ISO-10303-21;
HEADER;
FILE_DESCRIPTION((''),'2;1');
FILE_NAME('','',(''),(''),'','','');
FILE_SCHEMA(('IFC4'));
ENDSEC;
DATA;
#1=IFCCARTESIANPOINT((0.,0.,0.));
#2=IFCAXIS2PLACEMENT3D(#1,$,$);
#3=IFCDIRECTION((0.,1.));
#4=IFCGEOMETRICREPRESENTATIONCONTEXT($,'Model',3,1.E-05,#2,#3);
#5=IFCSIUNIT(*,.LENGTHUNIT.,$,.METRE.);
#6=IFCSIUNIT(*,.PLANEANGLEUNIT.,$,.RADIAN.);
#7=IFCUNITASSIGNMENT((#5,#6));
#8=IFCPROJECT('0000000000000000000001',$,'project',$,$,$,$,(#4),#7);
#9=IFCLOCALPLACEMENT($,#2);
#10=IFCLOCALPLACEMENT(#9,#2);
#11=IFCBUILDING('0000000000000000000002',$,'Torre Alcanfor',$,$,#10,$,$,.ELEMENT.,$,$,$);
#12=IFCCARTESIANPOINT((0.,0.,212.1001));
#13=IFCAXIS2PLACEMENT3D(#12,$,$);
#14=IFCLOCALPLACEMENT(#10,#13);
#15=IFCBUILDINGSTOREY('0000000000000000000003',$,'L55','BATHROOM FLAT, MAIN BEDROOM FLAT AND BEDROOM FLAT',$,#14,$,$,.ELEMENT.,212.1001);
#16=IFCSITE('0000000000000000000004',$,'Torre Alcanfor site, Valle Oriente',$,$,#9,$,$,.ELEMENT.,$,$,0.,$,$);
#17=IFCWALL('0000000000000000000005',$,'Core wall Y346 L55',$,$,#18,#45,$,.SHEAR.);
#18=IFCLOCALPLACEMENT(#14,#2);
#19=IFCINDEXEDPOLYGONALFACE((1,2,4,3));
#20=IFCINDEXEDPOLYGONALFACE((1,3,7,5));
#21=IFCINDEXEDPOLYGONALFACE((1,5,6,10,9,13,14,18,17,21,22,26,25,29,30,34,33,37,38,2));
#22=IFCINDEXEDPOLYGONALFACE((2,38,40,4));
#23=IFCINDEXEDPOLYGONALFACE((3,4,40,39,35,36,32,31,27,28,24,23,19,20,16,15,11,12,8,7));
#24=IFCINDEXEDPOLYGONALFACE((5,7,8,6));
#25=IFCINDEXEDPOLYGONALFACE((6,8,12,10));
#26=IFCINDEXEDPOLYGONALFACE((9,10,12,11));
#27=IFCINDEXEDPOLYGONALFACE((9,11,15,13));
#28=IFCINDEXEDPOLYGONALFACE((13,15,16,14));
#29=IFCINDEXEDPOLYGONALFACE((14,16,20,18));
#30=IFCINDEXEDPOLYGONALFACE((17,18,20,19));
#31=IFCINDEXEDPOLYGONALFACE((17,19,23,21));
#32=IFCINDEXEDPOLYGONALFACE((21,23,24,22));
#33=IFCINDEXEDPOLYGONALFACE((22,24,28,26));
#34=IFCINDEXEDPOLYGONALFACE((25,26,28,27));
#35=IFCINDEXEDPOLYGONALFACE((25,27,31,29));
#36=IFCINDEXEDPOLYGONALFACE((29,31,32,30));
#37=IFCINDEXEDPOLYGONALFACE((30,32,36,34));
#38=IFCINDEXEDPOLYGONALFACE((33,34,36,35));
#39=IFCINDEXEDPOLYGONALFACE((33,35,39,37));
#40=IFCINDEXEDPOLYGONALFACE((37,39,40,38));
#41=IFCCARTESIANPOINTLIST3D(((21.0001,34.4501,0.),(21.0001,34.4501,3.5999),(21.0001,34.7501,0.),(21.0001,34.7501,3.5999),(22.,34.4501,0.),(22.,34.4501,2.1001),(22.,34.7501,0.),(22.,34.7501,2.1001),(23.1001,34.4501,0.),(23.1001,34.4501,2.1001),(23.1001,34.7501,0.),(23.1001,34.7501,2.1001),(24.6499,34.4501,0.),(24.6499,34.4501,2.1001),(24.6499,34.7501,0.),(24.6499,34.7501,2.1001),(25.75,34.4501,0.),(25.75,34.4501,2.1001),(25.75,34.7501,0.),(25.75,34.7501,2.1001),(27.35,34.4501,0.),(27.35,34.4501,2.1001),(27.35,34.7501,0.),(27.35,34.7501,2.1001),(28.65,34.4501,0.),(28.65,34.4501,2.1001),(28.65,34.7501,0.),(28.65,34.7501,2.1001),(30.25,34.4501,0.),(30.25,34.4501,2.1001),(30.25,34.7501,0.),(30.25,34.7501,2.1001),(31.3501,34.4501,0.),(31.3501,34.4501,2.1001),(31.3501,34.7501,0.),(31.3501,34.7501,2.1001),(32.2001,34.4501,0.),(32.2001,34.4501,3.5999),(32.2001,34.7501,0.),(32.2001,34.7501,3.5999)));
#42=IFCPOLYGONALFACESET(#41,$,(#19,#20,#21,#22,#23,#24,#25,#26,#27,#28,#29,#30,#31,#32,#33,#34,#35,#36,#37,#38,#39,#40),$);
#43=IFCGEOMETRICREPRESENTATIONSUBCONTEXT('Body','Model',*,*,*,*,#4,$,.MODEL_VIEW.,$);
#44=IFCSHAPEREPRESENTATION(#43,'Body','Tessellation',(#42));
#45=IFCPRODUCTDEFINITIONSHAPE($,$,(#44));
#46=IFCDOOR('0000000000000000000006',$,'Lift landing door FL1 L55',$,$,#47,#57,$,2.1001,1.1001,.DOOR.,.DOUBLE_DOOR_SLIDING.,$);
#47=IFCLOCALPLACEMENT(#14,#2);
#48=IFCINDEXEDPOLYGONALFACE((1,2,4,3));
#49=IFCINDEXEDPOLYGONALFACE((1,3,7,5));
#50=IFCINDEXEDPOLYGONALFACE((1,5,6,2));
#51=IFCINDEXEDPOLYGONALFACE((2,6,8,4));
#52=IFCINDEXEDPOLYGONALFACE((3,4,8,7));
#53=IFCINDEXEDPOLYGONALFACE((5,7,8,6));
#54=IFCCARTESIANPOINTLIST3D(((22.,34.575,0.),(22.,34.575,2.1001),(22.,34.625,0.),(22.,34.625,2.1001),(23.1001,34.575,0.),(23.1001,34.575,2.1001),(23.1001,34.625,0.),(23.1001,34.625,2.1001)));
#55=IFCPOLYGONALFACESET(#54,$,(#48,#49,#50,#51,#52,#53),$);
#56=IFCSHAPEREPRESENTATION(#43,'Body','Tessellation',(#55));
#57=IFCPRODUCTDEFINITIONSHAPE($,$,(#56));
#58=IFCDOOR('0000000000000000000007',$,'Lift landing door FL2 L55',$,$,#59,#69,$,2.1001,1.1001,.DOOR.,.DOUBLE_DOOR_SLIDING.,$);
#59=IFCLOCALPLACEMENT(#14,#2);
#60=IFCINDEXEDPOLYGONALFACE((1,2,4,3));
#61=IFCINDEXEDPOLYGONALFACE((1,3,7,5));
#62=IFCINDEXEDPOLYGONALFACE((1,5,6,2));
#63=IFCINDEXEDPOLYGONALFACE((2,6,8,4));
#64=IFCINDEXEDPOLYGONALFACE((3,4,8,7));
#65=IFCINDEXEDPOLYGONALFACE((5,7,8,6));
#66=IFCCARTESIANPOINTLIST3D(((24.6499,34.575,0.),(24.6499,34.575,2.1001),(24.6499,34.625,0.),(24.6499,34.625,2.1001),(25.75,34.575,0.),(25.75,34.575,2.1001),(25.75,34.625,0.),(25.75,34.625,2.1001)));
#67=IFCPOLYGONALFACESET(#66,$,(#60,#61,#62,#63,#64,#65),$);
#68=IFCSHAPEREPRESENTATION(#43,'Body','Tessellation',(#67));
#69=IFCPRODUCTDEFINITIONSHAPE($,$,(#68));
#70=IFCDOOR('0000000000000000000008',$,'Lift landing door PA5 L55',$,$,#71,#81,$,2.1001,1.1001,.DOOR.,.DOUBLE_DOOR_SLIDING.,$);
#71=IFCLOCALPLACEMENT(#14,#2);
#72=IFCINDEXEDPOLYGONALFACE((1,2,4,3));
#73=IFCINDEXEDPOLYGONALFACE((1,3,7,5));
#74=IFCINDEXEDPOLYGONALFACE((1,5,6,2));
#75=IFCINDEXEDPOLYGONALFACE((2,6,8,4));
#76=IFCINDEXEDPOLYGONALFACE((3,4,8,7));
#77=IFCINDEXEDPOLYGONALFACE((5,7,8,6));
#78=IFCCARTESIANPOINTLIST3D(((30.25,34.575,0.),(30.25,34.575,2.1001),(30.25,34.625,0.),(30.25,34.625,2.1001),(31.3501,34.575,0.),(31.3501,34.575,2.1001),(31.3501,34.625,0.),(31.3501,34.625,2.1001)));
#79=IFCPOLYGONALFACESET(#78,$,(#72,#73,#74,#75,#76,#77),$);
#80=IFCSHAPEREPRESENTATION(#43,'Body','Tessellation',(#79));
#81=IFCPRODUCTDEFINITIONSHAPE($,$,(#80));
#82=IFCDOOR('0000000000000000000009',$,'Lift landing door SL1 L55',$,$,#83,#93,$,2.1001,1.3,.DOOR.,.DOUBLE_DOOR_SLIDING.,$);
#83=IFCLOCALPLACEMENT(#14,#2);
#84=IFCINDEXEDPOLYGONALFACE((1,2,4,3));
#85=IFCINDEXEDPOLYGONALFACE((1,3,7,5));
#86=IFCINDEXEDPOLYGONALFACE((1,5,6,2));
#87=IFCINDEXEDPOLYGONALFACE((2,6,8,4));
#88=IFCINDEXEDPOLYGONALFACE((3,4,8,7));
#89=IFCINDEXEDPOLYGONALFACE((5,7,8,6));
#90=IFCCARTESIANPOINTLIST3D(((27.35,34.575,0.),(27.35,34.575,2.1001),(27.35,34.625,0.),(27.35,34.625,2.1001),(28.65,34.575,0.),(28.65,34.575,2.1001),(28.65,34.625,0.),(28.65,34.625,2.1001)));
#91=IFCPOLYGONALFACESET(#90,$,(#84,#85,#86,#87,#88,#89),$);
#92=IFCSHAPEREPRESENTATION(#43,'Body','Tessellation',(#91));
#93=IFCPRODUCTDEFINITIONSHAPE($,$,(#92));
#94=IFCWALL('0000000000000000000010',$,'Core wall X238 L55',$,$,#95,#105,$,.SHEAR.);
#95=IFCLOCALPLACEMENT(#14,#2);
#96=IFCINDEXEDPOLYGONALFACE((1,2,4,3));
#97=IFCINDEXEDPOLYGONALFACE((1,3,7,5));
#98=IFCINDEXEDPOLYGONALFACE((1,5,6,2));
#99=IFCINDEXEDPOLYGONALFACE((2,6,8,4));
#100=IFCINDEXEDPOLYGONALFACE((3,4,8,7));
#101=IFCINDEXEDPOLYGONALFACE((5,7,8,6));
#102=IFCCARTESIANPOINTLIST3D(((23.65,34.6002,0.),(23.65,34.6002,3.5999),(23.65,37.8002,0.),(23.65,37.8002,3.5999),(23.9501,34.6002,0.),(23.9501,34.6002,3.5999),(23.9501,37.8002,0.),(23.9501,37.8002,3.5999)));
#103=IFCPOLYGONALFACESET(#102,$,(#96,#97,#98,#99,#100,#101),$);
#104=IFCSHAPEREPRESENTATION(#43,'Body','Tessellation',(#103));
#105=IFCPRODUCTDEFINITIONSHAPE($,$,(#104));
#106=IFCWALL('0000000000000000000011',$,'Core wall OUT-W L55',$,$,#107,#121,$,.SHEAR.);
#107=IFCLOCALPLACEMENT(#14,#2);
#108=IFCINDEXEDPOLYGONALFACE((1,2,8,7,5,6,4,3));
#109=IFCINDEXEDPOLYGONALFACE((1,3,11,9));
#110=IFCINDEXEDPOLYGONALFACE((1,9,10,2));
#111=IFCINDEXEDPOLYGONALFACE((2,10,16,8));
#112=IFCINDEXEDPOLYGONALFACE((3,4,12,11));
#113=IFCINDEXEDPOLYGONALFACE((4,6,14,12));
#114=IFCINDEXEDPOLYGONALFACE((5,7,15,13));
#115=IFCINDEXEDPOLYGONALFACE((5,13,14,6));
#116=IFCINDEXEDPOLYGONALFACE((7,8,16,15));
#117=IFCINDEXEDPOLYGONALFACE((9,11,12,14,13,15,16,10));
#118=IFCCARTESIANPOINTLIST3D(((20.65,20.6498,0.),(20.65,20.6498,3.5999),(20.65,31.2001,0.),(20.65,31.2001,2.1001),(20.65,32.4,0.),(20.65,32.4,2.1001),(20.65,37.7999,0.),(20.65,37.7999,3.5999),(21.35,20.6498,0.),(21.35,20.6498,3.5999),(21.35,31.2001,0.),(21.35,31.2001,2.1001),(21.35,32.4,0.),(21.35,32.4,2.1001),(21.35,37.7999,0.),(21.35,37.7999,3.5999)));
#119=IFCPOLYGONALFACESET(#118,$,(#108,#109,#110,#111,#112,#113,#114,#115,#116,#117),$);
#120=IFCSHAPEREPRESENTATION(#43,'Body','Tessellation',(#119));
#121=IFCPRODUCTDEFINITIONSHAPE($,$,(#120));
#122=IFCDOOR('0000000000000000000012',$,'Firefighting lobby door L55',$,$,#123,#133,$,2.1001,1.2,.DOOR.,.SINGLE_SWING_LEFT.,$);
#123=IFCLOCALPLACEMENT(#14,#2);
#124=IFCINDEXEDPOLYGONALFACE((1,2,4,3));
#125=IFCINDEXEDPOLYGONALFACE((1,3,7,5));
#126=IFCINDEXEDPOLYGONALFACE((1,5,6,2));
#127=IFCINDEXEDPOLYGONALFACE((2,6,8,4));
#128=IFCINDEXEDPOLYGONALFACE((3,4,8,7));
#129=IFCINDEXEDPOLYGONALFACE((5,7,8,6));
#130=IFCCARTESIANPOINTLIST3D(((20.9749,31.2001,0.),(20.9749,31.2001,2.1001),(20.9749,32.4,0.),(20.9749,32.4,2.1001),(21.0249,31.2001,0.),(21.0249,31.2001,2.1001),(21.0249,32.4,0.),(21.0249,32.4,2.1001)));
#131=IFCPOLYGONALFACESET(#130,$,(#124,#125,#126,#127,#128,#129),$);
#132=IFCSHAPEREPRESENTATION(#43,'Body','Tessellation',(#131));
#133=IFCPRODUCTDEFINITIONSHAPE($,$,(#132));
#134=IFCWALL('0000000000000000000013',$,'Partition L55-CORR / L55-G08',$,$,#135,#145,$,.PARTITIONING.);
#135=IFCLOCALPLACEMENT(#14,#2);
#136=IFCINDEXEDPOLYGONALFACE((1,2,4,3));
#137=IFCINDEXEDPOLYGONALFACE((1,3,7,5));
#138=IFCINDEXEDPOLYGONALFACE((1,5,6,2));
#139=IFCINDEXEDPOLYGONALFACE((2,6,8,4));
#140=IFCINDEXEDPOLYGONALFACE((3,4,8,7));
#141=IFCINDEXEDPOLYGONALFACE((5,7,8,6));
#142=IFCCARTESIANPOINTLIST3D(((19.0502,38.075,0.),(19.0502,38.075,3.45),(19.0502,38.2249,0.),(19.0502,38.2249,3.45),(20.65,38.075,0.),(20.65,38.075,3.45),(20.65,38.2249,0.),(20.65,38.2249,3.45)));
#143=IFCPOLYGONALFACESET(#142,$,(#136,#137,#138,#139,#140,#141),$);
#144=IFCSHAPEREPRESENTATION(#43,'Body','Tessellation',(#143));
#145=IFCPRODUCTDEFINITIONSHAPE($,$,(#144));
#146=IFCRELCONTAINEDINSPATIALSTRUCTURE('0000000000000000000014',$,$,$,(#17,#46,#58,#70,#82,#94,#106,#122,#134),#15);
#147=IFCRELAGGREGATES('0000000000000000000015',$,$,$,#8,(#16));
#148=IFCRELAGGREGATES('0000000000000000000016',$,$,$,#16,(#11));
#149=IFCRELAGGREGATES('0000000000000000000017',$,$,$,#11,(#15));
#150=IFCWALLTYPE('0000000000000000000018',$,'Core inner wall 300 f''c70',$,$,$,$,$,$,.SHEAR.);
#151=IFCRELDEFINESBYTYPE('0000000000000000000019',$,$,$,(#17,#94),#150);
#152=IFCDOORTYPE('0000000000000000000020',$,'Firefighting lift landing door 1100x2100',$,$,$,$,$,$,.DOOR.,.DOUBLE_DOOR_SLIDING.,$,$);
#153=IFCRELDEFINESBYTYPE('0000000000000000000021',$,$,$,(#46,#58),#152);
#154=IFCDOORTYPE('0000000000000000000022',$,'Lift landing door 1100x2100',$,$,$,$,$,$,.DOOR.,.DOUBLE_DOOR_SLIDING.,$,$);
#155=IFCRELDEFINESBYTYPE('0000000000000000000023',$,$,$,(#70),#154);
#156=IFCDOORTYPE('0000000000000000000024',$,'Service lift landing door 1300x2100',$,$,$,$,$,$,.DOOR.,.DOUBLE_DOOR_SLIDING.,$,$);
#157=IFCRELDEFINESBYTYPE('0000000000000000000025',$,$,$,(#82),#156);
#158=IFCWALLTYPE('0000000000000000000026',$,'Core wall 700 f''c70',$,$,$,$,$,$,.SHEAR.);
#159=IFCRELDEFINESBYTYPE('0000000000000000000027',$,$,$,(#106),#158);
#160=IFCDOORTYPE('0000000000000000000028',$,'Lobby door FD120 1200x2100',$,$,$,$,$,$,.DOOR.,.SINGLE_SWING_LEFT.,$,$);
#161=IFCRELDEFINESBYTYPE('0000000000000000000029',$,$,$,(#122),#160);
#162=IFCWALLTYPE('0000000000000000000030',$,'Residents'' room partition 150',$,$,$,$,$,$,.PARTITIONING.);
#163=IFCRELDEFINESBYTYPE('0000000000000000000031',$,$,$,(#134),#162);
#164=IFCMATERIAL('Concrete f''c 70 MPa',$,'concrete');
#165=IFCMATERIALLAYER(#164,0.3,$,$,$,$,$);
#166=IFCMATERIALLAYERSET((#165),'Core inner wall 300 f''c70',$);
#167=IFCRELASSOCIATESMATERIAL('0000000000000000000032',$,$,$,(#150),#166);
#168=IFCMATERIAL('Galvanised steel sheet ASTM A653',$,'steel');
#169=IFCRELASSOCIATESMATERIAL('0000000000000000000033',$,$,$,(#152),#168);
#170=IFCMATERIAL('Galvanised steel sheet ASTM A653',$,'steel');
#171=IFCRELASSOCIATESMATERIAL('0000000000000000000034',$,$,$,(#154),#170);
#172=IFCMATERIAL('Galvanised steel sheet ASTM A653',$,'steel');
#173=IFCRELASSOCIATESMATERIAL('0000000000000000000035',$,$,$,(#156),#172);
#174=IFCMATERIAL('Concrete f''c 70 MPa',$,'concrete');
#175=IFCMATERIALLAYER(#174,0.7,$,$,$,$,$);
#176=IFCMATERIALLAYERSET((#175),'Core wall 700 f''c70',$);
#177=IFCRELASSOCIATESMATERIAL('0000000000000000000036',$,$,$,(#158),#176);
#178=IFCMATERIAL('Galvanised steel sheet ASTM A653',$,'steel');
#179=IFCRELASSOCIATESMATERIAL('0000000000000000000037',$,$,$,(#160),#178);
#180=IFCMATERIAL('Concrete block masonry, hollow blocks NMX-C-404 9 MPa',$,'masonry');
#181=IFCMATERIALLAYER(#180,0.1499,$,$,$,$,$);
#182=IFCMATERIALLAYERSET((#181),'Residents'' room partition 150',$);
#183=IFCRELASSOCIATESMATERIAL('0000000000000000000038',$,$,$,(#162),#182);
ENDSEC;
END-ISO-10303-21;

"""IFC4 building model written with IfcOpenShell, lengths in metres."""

from ifc_helpers import new_model, si_unit, direction, frame, frame_2d, origin, place, context, subcontext, project, spatial, rectangle, extrude, material, layer, layer_set, type_object, element, fill, save


model = new_model("IFC4")

# Units and contexts
model_context = context("Model", 3, precision=1e-05, world=origin(), true_north=direction((0.0, 1.0)))
body_context = subcontext(model_context, "Body", "Model", "MODEL_VIEW")
ifc_project = project(units=[si_unit("LENGTHUNIT", "METRE"), si_unit("PLANEANGLEUNIT", "RADIAN")], contexts=[model_context])

# Site, building, storey
site_placement = place(None, origin())
site = spatial("IfcSite", under=ifc_project, at=site_placement, Name="Torre Alcanfor site, Valle Oriente", CompositionType="ELEMENT", RefElevation=0.0)
building_placement = place(site_placement, origin())
building = spatial("IfcBuilding", under=site, at=building_placement, Name="Torre Alcanfor", CompositionType="ELEMENT")
storey_placement = place(building_placement, frame((0.0, 0.0, 212.1001)))
storey = spatial("IfcBuildingStorey", under=building, at=storey_placement, Name="L55", Description="BATHROOM FLAT, MAIN BEDROOM FLAT AND BEDROOM FLAT", CompositionType="ELEMENT", Elevation=212.1001)

# Wall, openings, doors
ifc_material_1 = material(Name="Concrete f'c 70 MPa", Category="concrete")
ifc_layer_1 = layer(ifc_material_1, 0.3)
ifc_layer_set_1 = layer_set([ifc_layer_1], Name="Core inner wall 300 f'c70")
wall_type_1 = type_object("IfcWallType", Name="Core inner wall 300 f'c70", PredefinedType="SHEAR", material=ifc_layer_set_1)
wall_1_placement = place(storey_placement, frame((21.0, 34.6001, 0.0), z_axis=(0.0, 0.0, 1.0), x_axis=(1.0, 0.0, 0.0)))
wall_1 = element("IfcWall", 1, at=wall_1_placement, inside=storey, type_object=wall_type_1, Name="Core wall Y346 L55", PredefinedType="SHEAR", context=body_context, shape_type="SweptSolid", body=[
    extrude(rectangle(XDim=11.2, YDim=0.3, at=frame_2d((5.6001, 0.0))), origin(), (0.0, 0.0, 1.0), 3.5999),
])
opening_1_placement = place(wall_1_placement, frame((9.25, 0.0, 0.0)))
opening_1 = element("IfcOpeningElement", 2, at=opening_1_placement, cuts=wall_1, PredefinedType="OPENING", context=body_context, shape_type="SweptSolid", body=[
    extrude(rectangle(XDim=1.1001, YDim=2.1001, at=frame_2d((0.55, 1.05))), frame((0.0, 0.1599, 0.0), z_axis=(0.0, -1.0, 0.0), x_axis=(1.0, 0.0, 0.0)), (0.0, 0.0, 1.0), 0.3201),
])
opening_2_placement = place(wall_1_placement, frame((1.0, 0.0, 0.0)))
opening_2 = element("IfcOpeningElement", 3, at=opening_2_placement, cuts=wall_1, PredefinedType="OPENING", context=body_context, shape_type="SweptSolid", body=[
    extrude(rectangle(XDim=1.1001, YDim=2.1001, at=frame_2d((0.55, 1.05))), frame((0.0, 0.1599, 0.0), z_axis=(0.0, -1.0, 0.0), x_axis=(1.0, 0.0, 0.0)), (0.0, 0.0, 1.0), 0.3201),
])
opening_3_placement = place(wall_1_placement, frame((3.6499, 0.0, 0.0)))
opening_3 = element("IfcOpeningElement", 4, at=opening_3_placement, cuts=wall_1, PredefinedType="OPENING", context=body_context, shape_type="SweptSolid", body=[
    extrude(rectangle(XDim=1.1001, YDim=2.1001, at=frame_2d((0.55, 1.05))), frame((0.0, 0.1599, 0.0), z_axis=(0.0, -1.0, 0.0), x_axis=(1.0, 0.0, 0.0)), (0.0, 0.0, 1.0), 0.3201),
])
opening_4_placement = place(wall_1_placement, frame((6.3501, 0.0, 0.0)))
opening_4 = element("IfcOpeningElement", 5, at=opening_4_placement, cuts=wall_1, PredefinedType="OPENING", context=body_context, shape_type="SweptSolid", body=[
    extrude(rectangle(XDim=1.3, YDim=2.1001, at=frame_2d((0.6499, 1.05))), frame((0.0, 0.1599, 0.0), z_axis=(0.0, -1.0, 0.0), x_axis=(1.0, 0.0, 0.0)), (0.0, 0.0, 1.0), 0.3201),
])
ifc_material_2 = material(Name="Galvanised steel sheet ASTM A653", Category="steel")
door_type_1 = type_object("IfcDoorType", Name="Firefighting lift landing door 1100x2100", OperationType="DOUBLE_DOOR_SLIDING", PredefinedType="DOOR", material=ifc_material_2)
door_1_placement = place(opening_2_placement, origin())
door_1 = element("IfcDoor", 6, at=door_1_placement, inside=storey, type_object=door_type_1, Name="Lift landing door FL1 L55", OperationType="DOUBLE_DOOR_SLIDING", OverallHeight=2.1001, OverallWidth=1.1001, PredefinedType="DOOR", context=body_context, shape_type="SweptSolid", body=[
    extrude(rectangle(XDim=1.1001, YDim=2.1001, at=frame_2d((0.55, 1.05))), frame((0.0, 0.0249, 0.0), z_axis=(0.0, -1.0, 0.0), x_axis=(1.0, 0.0, 0.0)), (0.0, 0.0, 1.0), 0.05),
])
fill(opening_2, door_1)
door_2_placement = place(opening_3_placement, origin())
door_2 = element("IfcDoor", 7, at=door_2_placement, inside=storey, type_object=door_type_1, Name="Lift landing door FL2 L55", OperationType="DOUBLE_DOOR_SLIDING", OverallHeight=2.1001, OverallWidth=1.1001, PredefinedType="DOOR", context=body_context, shape_type="SweptSolid", body=[
    extrude(rectangle(XDim=1.1001, YDim=2.1001, at=frame_2d((0.55, 1.05))), frame((0.0, 0.0249, 0.0), z_axis=(0.0, -1.0, 0.0), x_axis=(1.0, 0.0, 0.0)), (0.0, 0.0, 1.0), 0.05),
])
fill(opening_3, door_2)
ifc_material_3 = material(Name="Galvanised steel sheet ASTM A653", Category="steel")
door_type_2 = type_object("IfcDoorType", Name="Lift landing door 1100x2100", OperationType="DOUBLE_DOOR_SLIDING", PredefinedType="DOOR", material=ifc_material_3)
door_3_placement = place(opening_1_placement, origin())
door_3 = element("IfcDoor", 8, at=door_3_placement, inside=storey, type_object=door_type_2, Name="Lift landing door PA5 L55", OperationType="DOUBLE_DOOR_SLIDING", OverallHeight=2.1001, OverallWidth=1.1001, PredefinedType="DOOR", context=body_context, shape_type="SweptSolid", body=[
    extrude(rectangle(XDim=1.1001, YDim=2.1001, at=frame_2d((0.55, 1.05))), frame((0.0, 0.0249, 0.0), z_axis=(0.0, -1.0, 0.0), x_axis=(1.0, 0.0, 0.0)), (0.0, 0.0, 1.0), 0.05),
])
fill(opening_1, door_3)
ifc_material_4 = material(Name="Galvanised steel sheet ASTM A653", Category="steel")
door_type_3 = type_object("IfcDoorType", Name="Service lift landing door 1300x2100", OperationType="DOUBLE_DOOR_SLIDING", PredefinedType="DOOR", material=ifc_material_4)
door_4_placement = place(opening_4_placement, origin())
door_4 = element("IfcDoor", 9, at=door_4_placement, inside=storey, type_object=door_type_3, Name="Lift landing door SL1 L55", OperationType="DOUBLE_DOOR_SLIDING", OverallHeight=2.1001, OverallWidth=1.3, PredefinedType="DOOR", context=body_context, shape_type="SweptSolid", body=[
    extrude(rectangle(XDim=1.3, YDim=2.1001, at=frame_2d((0.6499, 1.05))), frame((0.0, 0.0249, 0.0), z_axis=(0.0, -1.0, 0.0), x_axis=(1.0, 0.0, 0.0)), (0.0, 0.0, 1.0), 0.05),
])
fill(opening_4, door_4)

# Wall
wall_2_placement = place(storey_placement, frame((23.8, 34.6001, 0.0), z_axis=(0.0, 0.0, 1.0), x_axis=(0.0, 1.0, 0.0)))
element("IfcWall", 10, at=wall_2_placement, inside=storey, type_object=wall_type_1, Name="Core wall X238 L55", PredefinedType="SHEAR", context=body_context, shape_type="SweptSolid", body=[
    extrude(rectangle(XDim=3.2, YDim=0.3, at=frame_2d((1.6001, 0.0))), origin(), (0.0, 0.0, 1.0), 3.5999),
])

# Wall, opening, door
ifc_material_5 = material(Name="Concrete f'c 70 MPa", Category="concrete")
ifc_layer_2 = layer(ifc_material_5, 0.7)
ifc_layer_set_2 = layer_set([ifc_layer_2], Name="Core wall 700 f'c70")
wall_type_2 = type_object("IfcWallType", Name="Core wall 700 f'c70", PredefinedType="SHEAR", material=ifc_layer_set_2)
wall_3_placement = place(storey_placement, frame((21.0, 37.8, 0.0), z_axis=(0.0, 0.0, 1.0), x_axis=(0.0, -1.0, 0.0)))
wall_3 = element("IfcWall", 11, at=wall_3_placement, inside=storey, type_object=wall_type_2, Name="Core wall OUT-W L55", PredefinedType="SHEAR", context=body_context, shape_type="SweptSolid", body=[
    extrude(rectangle(XDim=17.1501, YDim=0.7, at=frame_2d((8.5752, 0.0))), origin(), (0.0, 0.0, 1.0), 3.5999),
])
opening_5_placement = place(wall_3_placement, frame((5.3999, 0.0, 0.0)))
opening_5 = element("IfcOpeningElement", 12, at=opening_5_placement, cuts=wall_3, PredefinedType="OPENING", context=body_context, shape_type="SweptSolid", body=[
    extrude(rectangle(XDim=1.2, YDim=2.1001, at=frame_2d((0.6001, 1.05))), frame((0.0, 0.3599, 0.0), z_axis=(0.0, -1.0, 0.0), x_axis=(1.0, 0.0, 0.0)), (0.0, 0.0, 1.0), 0.72),
])
ifc_material_6 = material(Name="Galvanised steel sheet ASTM A653", Category="steel")
door_type_4 = type_object("IfcDoorType", Name="Lobby door FD120 1200x2100", OperationType="SINGLE_SWING_LEFT", PredefinedType="DOOR", material=ifc_material_6)
door_5_placement = place(opening_5_placement, origin())
door_5 = element("IfcDoor", 13, at=door_5_placement, inside=storey, type_object=door_type_4, Name="Firefighting lobby door L55", OperationType="SINGLE_SWING_LEFT", OverallHeight=2.1001, OverallWidth=1.2, PredefinedType="DOOR", context=body_context, shape_type="SweptSolid", body=[
    extrude(rectangle(XDim=1.2, YDim=2.1001, at=frame_2d((0.6001, 1.05))), frame((0.0, 0.0249, 0.0), z_axis=(0.0, -1.0, 0.0), x_axis=(1.0, 0.0, 0.0)), (0.0, 0.0, 1.0), 0.05),
])
fill(opening_5, door_5)

# Wall
ifc_material_7 = material(Name="Concrete block masonry, hollow blocks NMX-C-404 9 MPa", Category="masonry")
ifc_layer_3 = layer(ifc_material_7, 0.1499)
ifc_layer_set_3 = layer_set([ifc_layer_3], Name="Residents' room partition 150")
wall_type_3 = type_object("IfcWallType", Name="Residents' room partition 150", PredefinedType="PARTITIONING", material=ifc_layer_set_3)
wall_4_placement = place(storey_placement, frame((20.6499, 38.1499, 0.0), z_axis=(0.0, 0.0, 1.0), x_axis=(-1.0, 0.0, 0.0)))
element("IfcWall", 14, at=wall_4_placement, inside=storey, type_object=wall_type_3, Name="Partition L55-CORR / L55-G08", PredefinedType="PARTITIONING", context=body_context, shape_type="SweptSolid", body=[
    extrude(rectangle(XDim=1.5999, YDim=0.1499, at=frame_2d((0.7998, 0.0))), origin(), (0.0, 0.0, 1.0), 3.45),
])

save(model, "model.ifc")
